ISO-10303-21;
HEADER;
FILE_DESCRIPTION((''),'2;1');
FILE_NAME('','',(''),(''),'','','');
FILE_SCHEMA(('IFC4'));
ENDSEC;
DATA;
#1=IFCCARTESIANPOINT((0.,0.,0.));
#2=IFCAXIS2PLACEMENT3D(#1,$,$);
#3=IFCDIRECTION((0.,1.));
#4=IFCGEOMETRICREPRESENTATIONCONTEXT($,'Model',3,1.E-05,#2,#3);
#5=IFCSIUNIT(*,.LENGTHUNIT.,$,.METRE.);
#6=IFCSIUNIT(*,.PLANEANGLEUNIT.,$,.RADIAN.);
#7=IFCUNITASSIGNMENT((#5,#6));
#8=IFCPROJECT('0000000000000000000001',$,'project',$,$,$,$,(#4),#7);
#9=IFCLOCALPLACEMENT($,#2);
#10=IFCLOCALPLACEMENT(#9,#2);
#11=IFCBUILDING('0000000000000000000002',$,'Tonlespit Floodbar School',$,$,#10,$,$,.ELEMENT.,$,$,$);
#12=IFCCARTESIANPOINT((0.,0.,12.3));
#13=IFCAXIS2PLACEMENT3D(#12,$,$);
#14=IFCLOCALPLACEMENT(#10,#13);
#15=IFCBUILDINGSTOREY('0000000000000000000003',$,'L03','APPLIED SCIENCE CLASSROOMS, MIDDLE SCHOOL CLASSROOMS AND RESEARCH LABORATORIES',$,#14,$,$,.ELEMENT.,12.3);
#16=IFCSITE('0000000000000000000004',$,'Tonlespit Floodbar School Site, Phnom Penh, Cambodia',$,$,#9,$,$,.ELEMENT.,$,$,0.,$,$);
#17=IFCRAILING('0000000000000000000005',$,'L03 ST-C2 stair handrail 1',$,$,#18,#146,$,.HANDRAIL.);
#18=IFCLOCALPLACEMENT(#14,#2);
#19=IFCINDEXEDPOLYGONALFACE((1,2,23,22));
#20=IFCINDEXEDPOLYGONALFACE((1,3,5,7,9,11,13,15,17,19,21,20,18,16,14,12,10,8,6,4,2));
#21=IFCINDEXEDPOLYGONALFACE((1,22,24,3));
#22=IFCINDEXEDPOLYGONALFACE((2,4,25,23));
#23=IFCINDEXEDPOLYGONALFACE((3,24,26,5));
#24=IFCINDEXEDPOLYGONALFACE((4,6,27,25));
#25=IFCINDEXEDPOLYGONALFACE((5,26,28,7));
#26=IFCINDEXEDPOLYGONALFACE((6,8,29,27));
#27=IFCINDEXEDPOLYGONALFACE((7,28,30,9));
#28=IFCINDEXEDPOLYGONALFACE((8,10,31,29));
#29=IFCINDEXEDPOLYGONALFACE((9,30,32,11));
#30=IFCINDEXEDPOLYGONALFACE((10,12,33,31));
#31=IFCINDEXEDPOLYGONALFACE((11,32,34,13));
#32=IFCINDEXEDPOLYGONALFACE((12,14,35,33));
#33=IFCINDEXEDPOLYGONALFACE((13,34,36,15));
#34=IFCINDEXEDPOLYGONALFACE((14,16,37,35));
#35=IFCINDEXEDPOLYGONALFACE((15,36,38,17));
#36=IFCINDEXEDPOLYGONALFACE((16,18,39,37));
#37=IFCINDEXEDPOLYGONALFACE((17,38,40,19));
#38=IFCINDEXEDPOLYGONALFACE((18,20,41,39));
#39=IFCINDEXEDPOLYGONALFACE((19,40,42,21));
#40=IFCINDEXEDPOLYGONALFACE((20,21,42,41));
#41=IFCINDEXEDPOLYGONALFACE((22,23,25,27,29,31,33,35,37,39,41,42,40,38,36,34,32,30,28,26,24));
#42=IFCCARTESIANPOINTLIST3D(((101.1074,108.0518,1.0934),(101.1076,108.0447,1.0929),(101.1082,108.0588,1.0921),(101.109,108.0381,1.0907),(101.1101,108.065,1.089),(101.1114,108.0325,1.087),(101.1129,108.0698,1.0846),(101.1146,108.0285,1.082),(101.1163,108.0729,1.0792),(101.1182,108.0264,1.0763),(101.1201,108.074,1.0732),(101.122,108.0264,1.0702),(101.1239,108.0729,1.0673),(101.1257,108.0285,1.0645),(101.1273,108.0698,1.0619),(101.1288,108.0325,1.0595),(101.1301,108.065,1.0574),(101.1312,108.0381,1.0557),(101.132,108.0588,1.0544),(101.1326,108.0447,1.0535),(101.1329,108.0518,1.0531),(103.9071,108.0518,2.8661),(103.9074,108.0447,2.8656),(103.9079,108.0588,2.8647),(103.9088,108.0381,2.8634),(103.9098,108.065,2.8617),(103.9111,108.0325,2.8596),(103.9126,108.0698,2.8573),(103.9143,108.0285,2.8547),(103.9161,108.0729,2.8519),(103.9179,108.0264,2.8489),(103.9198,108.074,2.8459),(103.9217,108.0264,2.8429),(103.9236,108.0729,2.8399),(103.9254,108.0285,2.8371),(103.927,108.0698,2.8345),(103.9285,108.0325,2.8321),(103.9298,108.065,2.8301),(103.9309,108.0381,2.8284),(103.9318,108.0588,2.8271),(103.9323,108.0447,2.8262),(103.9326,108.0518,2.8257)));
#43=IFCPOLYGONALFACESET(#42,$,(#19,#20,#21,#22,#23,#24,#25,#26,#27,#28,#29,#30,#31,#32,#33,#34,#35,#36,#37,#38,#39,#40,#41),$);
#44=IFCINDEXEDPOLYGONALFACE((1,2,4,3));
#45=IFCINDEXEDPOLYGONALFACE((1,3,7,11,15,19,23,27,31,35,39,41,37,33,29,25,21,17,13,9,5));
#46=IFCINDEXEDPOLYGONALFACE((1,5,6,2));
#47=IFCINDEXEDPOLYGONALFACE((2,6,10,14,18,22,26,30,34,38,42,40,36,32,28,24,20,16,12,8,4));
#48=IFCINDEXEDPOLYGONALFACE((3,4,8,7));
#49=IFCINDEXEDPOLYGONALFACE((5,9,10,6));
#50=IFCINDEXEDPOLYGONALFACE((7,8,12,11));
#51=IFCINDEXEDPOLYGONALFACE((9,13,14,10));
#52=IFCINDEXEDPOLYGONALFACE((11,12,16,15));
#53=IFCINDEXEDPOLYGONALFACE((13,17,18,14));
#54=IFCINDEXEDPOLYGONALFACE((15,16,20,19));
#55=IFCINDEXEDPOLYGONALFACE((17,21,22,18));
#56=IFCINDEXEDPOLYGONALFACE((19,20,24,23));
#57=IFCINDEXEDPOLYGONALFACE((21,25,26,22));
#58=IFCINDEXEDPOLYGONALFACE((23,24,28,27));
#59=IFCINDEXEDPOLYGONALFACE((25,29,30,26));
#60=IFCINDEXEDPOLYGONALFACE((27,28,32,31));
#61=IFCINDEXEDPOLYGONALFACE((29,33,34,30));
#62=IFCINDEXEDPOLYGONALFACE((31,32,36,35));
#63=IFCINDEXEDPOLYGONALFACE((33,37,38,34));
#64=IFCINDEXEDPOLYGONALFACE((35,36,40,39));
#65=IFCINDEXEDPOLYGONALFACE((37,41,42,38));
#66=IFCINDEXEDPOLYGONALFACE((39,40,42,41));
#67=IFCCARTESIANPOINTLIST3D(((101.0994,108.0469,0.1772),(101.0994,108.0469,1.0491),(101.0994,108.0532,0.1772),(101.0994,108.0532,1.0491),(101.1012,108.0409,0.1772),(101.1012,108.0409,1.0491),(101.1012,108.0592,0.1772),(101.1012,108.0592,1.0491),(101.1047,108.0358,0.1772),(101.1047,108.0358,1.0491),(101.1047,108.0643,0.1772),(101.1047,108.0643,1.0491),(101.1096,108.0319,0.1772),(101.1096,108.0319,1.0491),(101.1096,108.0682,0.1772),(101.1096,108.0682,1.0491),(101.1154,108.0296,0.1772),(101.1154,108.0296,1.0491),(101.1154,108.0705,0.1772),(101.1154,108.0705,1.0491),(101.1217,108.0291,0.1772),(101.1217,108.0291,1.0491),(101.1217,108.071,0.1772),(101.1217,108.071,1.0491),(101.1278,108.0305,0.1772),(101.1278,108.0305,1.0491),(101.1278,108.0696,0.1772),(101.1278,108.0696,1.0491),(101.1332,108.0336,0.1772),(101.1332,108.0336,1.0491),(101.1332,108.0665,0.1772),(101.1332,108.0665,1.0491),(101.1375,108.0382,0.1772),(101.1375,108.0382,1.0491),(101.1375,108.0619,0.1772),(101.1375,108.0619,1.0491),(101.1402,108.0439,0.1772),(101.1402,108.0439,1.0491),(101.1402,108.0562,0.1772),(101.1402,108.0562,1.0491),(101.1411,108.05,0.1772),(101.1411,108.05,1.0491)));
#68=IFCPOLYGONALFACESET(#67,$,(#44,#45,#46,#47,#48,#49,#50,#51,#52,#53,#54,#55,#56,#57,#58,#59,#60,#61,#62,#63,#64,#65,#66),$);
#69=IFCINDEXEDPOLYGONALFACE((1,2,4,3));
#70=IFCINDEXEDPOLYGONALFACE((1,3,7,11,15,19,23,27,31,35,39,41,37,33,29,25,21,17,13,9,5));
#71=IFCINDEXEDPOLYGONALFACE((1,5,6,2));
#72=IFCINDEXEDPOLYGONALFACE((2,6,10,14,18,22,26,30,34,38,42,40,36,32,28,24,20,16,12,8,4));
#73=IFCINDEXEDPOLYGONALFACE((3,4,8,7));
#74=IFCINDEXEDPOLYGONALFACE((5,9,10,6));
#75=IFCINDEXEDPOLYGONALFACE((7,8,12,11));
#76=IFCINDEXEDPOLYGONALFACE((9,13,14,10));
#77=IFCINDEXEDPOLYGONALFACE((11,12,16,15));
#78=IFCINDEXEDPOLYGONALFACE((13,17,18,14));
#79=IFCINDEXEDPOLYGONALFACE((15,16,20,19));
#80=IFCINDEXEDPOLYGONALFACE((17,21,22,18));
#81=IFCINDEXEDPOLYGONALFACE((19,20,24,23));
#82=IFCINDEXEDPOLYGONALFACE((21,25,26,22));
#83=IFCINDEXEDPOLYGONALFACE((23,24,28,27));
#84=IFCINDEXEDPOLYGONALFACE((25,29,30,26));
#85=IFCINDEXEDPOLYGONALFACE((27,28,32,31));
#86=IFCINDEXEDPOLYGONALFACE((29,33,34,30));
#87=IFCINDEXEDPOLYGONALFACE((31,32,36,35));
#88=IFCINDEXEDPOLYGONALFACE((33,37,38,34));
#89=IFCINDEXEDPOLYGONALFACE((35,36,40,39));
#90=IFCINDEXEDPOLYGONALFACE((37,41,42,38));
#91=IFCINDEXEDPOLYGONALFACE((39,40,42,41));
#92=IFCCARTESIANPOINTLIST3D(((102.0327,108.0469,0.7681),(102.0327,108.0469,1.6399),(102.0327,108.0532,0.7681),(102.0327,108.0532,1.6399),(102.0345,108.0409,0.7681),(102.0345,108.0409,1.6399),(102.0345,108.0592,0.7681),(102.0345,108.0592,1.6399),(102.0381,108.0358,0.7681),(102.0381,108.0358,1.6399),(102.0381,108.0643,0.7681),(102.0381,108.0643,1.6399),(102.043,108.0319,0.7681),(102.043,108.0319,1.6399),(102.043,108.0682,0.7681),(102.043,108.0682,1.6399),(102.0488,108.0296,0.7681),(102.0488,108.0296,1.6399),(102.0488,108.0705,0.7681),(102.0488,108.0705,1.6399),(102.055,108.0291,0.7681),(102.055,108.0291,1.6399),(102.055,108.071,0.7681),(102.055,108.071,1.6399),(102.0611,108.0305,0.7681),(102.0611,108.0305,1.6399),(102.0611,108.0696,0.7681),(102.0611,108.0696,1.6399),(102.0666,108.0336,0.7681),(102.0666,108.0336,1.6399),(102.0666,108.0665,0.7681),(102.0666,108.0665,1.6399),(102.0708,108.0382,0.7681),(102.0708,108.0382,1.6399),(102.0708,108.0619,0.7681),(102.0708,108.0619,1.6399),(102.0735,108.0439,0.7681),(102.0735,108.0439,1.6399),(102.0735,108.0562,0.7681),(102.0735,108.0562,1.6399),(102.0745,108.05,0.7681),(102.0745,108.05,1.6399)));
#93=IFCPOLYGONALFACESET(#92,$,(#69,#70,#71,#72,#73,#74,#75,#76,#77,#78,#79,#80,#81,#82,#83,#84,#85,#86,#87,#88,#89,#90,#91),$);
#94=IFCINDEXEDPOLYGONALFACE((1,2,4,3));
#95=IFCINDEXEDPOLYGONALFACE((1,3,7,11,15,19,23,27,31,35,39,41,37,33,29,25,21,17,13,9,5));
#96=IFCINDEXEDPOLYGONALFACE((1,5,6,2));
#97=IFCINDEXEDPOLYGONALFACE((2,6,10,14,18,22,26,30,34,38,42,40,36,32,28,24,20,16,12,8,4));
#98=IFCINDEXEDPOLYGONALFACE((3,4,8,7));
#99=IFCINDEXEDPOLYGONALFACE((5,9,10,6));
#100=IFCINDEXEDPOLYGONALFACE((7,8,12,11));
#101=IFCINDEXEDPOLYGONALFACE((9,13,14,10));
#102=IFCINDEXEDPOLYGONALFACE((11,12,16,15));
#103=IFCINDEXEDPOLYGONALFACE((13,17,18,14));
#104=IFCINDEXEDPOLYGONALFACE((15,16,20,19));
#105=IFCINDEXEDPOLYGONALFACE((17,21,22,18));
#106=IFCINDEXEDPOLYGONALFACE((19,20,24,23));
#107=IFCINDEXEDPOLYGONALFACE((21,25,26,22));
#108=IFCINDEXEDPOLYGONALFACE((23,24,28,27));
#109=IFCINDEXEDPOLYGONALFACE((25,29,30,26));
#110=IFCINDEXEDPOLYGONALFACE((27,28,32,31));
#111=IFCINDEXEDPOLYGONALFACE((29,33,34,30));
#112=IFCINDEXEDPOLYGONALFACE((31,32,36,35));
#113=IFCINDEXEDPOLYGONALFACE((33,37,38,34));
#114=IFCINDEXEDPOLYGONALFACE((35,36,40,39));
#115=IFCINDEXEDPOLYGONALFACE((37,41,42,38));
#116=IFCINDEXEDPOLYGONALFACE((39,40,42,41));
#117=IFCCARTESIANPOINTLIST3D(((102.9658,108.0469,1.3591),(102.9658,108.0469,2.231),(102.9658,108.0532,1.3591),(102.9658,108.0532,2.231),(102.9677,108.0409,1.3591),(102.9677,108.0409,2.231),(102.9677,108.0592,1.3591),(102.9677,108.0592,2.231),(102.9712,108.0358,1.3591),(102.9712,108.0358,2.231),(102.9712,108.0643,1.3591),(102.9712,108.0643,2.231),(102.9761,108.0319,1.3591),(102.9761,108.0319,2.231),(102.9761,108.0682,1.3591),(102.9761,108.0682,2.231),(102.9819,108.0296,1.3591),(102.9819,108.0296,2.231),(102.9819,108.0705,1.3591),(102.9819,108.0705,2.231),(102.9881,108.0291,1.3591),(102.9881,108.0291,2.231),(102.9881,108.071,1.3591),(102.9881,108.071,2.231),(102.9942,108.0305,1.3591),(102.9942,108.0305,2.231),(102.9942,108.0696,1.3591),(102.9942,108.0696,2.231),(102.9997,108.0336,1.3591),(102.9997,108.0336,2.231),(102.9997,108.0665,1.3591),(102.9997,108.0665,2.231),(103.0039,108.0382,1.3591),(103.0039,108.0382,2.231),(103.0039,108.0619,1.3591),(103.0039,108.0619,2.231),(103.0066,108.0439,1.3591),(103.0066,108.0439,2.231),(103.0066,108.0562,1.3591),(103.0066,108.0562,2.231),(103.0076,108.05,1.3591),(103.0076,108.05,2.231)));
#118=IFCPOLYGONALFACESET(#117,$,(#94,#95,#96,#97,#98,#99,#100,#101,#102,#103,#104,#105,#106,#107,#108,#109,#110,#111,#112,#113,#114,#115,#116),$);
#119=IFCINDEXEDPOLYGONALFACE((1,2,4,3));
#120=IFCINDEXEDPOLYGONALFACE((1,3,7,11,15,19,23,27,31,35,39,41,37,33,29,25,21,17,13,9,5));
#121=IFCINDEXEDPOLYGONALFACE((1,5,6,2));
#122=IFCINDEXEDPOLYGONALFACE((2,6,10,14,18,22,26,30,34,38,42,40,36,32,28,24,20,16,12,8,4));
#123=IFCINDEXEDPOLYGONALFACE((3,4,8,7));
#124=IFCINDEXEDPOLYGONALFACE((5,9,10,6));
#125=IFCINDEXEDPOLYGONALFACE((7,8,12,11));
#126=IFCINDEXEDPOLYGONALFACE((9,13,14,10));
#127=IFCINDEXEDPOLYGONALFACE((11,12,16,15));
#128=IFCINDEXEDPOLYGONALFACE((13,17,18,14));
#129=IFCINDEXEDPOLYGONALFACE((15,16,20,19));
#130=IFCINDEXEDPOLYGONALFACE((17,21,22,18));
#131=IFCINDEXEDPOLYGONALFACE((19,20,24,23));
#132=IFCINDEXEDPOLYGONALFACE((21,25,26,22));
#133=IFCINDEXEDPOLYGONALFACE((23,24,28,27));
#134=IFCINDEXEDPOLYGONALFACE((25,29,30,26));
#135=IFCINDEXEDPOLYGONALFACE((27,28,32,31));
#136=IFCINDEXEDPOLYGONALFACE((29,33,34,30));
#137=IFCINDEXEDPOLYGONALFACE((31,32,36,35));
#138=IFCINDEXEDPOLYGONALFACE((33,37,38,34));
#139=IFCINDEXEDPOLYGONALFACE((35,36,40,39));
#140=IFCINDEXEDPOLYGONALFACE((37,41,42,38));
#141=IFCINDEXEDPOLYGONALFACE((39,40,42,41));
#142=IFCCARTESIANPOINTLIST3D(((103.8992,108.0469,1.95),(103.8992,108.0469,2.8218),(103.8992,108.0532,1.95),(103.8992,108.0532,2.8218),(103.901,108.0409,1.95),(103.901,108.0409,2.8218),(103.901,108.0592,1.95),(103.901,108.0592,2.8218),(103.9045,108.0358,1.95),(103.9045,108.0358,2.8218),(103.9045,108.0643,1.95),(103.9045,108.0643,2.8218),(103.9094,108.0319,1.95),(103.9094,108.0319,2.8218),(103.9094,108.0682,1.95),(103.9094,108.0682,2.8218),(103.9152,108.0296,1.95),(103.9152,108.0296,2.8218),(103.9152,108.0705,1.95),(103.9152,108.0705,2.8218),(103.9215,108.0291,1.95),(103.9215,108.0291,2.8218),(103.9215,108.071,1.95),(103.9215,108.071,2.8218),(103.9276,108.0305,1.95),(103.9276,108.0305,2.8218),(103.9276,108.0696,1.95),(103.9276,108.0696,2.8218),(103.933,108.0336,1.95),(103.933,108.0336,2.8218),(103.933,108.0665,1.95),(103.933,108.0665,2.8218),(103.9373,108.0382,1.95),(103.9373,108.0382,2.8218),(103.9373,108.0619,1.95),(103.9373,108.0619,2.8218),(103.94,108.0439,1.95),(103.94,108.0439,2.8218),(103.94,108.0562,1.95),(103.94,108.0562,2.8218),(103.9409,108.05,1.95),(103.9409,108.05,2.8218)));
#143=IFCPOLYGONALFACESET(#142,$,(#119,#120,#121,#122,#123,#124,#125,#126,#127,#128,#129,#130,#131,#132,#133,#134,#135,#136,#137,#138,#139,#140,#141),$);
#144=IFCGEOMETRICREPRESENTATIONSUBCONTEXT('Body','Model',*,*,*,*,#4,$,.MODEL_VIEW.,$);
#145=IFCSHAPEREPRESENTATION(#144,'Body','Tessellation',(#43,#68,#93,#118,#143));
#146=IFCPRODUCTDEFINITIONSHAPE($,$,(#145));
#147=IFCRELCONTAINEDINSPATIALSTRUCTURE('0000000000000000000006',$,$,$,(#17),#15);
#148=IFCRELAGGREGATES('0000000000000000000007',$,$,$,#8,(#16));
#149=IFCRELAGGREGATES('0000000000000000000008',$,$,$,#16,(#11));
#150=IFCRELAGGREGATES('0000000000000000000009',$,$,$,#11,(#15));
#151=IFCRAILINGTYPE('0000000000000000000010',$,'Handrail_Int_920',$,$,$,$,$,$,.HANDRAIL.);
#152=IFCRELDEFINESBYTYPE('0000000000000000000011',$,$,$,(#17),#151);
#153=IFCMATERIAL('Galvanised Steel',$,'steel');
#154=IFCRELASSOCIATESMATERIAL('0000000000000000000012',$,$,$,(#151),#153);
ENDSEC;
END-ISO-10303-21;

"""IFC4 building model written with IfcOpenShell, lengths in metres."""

from ifc_helpers import new_model, si_unit, direction, frame, origin, origin_2d, place, context, subcontext, project, spatial, circle, extrude, material, type_object, element, save


model = new_model("IFC4")

# Units and contexts
model_context = context("Model", 3, precision=1e-05, world=origin(), true_north=direction((0.0, 1.0)))
body_context = subcontext(model_context, "Body", "Model", "MODEL_VIEW")
ifc_project = project(units=[si_unit("LENGTHUNIT", "METRE"), si_unit("PLANEANGLEUNIT", "RADIAN")], contexts=[model_context])

# Site, building, storey
site_placement = place(None, origin())
site = spatial("IfcSite", under=ifc_project, at=site_placement, Name="Tonlespit Floodbar School Site, Phnom Penh, Cambodia", CompositionType="ELEMENT", RefElevation=0.0)
building_placement = place(site_placement, origin())
building = spatial("IfcBuilding", under=site, at=building_placement, Name="Tonlespit Floodbar School", CompositionType="ELEMENT")
storey_placement = place(building_placement, frame((0.0, 0.0, 12.3)))
storey = spatial("IfcBuildingStorey", under=building, at=storey_placement, Name="L03", Description="APPLIED SCIENCE CLASSROOMS, MIDDLE SCHOOL CLASSROOMS AND RESEARCH LABORATORIES", CompositionType="ELEMENT", Elevation=12.3)

# Railing
ifc_material_1 = material(Name="Galvanised Steel", Category="steel")
railing_type_1 = type_object("IfcRailingType", Name="Handrail_Int_920", PredefinedType="HANDRAIL", material=ifc_material_1)
railing_1_placement = place(storey_placement, frame((101.1201, 108.05, 0.1772)))
element("IfcRailing", 1, at=railing_1_placement, inside=storey, type_object=railing_type_1, Name="L03 ST-C2 stair handrail 1", PredefinedType="HANDRAIL", context=body_context, shape_type="SweptSolid", body=[
    extrude(circle(Radius=0.0239, at=origin_2d()), frame((0.0, 0.0, 0.896), z_axis=(0.844888, 0.0, 0.534943), x_axis=(0.0, 1.0, 0.0)), (0.0, 0.0, 1.0), 3.3137),
    extrude(circle(Radius=0.021, at=origin_2d()), origin(), (0.0, 0.0, 1.0), 0.8718),
    extrude(circle(Radius=0.021, at=origin_2d()), frame((0.9333, 0.0, 0.5908)), (0.0, 0.0, 1.0), 0.8718),
    extrude(circle(Radius=0.021, at=origin_2d()), frame((1.8665, 0.0, 1.1819)), (0.0, 0.0, 1.0), 0.8718),
    extrude(circle(Radius=0.021, at=origin_2d()), frame((2.7998, 0.0, 1.7727)), (0.0, 0.0, 1.0), 0.8718),
])

save(model, "model.ifc")
